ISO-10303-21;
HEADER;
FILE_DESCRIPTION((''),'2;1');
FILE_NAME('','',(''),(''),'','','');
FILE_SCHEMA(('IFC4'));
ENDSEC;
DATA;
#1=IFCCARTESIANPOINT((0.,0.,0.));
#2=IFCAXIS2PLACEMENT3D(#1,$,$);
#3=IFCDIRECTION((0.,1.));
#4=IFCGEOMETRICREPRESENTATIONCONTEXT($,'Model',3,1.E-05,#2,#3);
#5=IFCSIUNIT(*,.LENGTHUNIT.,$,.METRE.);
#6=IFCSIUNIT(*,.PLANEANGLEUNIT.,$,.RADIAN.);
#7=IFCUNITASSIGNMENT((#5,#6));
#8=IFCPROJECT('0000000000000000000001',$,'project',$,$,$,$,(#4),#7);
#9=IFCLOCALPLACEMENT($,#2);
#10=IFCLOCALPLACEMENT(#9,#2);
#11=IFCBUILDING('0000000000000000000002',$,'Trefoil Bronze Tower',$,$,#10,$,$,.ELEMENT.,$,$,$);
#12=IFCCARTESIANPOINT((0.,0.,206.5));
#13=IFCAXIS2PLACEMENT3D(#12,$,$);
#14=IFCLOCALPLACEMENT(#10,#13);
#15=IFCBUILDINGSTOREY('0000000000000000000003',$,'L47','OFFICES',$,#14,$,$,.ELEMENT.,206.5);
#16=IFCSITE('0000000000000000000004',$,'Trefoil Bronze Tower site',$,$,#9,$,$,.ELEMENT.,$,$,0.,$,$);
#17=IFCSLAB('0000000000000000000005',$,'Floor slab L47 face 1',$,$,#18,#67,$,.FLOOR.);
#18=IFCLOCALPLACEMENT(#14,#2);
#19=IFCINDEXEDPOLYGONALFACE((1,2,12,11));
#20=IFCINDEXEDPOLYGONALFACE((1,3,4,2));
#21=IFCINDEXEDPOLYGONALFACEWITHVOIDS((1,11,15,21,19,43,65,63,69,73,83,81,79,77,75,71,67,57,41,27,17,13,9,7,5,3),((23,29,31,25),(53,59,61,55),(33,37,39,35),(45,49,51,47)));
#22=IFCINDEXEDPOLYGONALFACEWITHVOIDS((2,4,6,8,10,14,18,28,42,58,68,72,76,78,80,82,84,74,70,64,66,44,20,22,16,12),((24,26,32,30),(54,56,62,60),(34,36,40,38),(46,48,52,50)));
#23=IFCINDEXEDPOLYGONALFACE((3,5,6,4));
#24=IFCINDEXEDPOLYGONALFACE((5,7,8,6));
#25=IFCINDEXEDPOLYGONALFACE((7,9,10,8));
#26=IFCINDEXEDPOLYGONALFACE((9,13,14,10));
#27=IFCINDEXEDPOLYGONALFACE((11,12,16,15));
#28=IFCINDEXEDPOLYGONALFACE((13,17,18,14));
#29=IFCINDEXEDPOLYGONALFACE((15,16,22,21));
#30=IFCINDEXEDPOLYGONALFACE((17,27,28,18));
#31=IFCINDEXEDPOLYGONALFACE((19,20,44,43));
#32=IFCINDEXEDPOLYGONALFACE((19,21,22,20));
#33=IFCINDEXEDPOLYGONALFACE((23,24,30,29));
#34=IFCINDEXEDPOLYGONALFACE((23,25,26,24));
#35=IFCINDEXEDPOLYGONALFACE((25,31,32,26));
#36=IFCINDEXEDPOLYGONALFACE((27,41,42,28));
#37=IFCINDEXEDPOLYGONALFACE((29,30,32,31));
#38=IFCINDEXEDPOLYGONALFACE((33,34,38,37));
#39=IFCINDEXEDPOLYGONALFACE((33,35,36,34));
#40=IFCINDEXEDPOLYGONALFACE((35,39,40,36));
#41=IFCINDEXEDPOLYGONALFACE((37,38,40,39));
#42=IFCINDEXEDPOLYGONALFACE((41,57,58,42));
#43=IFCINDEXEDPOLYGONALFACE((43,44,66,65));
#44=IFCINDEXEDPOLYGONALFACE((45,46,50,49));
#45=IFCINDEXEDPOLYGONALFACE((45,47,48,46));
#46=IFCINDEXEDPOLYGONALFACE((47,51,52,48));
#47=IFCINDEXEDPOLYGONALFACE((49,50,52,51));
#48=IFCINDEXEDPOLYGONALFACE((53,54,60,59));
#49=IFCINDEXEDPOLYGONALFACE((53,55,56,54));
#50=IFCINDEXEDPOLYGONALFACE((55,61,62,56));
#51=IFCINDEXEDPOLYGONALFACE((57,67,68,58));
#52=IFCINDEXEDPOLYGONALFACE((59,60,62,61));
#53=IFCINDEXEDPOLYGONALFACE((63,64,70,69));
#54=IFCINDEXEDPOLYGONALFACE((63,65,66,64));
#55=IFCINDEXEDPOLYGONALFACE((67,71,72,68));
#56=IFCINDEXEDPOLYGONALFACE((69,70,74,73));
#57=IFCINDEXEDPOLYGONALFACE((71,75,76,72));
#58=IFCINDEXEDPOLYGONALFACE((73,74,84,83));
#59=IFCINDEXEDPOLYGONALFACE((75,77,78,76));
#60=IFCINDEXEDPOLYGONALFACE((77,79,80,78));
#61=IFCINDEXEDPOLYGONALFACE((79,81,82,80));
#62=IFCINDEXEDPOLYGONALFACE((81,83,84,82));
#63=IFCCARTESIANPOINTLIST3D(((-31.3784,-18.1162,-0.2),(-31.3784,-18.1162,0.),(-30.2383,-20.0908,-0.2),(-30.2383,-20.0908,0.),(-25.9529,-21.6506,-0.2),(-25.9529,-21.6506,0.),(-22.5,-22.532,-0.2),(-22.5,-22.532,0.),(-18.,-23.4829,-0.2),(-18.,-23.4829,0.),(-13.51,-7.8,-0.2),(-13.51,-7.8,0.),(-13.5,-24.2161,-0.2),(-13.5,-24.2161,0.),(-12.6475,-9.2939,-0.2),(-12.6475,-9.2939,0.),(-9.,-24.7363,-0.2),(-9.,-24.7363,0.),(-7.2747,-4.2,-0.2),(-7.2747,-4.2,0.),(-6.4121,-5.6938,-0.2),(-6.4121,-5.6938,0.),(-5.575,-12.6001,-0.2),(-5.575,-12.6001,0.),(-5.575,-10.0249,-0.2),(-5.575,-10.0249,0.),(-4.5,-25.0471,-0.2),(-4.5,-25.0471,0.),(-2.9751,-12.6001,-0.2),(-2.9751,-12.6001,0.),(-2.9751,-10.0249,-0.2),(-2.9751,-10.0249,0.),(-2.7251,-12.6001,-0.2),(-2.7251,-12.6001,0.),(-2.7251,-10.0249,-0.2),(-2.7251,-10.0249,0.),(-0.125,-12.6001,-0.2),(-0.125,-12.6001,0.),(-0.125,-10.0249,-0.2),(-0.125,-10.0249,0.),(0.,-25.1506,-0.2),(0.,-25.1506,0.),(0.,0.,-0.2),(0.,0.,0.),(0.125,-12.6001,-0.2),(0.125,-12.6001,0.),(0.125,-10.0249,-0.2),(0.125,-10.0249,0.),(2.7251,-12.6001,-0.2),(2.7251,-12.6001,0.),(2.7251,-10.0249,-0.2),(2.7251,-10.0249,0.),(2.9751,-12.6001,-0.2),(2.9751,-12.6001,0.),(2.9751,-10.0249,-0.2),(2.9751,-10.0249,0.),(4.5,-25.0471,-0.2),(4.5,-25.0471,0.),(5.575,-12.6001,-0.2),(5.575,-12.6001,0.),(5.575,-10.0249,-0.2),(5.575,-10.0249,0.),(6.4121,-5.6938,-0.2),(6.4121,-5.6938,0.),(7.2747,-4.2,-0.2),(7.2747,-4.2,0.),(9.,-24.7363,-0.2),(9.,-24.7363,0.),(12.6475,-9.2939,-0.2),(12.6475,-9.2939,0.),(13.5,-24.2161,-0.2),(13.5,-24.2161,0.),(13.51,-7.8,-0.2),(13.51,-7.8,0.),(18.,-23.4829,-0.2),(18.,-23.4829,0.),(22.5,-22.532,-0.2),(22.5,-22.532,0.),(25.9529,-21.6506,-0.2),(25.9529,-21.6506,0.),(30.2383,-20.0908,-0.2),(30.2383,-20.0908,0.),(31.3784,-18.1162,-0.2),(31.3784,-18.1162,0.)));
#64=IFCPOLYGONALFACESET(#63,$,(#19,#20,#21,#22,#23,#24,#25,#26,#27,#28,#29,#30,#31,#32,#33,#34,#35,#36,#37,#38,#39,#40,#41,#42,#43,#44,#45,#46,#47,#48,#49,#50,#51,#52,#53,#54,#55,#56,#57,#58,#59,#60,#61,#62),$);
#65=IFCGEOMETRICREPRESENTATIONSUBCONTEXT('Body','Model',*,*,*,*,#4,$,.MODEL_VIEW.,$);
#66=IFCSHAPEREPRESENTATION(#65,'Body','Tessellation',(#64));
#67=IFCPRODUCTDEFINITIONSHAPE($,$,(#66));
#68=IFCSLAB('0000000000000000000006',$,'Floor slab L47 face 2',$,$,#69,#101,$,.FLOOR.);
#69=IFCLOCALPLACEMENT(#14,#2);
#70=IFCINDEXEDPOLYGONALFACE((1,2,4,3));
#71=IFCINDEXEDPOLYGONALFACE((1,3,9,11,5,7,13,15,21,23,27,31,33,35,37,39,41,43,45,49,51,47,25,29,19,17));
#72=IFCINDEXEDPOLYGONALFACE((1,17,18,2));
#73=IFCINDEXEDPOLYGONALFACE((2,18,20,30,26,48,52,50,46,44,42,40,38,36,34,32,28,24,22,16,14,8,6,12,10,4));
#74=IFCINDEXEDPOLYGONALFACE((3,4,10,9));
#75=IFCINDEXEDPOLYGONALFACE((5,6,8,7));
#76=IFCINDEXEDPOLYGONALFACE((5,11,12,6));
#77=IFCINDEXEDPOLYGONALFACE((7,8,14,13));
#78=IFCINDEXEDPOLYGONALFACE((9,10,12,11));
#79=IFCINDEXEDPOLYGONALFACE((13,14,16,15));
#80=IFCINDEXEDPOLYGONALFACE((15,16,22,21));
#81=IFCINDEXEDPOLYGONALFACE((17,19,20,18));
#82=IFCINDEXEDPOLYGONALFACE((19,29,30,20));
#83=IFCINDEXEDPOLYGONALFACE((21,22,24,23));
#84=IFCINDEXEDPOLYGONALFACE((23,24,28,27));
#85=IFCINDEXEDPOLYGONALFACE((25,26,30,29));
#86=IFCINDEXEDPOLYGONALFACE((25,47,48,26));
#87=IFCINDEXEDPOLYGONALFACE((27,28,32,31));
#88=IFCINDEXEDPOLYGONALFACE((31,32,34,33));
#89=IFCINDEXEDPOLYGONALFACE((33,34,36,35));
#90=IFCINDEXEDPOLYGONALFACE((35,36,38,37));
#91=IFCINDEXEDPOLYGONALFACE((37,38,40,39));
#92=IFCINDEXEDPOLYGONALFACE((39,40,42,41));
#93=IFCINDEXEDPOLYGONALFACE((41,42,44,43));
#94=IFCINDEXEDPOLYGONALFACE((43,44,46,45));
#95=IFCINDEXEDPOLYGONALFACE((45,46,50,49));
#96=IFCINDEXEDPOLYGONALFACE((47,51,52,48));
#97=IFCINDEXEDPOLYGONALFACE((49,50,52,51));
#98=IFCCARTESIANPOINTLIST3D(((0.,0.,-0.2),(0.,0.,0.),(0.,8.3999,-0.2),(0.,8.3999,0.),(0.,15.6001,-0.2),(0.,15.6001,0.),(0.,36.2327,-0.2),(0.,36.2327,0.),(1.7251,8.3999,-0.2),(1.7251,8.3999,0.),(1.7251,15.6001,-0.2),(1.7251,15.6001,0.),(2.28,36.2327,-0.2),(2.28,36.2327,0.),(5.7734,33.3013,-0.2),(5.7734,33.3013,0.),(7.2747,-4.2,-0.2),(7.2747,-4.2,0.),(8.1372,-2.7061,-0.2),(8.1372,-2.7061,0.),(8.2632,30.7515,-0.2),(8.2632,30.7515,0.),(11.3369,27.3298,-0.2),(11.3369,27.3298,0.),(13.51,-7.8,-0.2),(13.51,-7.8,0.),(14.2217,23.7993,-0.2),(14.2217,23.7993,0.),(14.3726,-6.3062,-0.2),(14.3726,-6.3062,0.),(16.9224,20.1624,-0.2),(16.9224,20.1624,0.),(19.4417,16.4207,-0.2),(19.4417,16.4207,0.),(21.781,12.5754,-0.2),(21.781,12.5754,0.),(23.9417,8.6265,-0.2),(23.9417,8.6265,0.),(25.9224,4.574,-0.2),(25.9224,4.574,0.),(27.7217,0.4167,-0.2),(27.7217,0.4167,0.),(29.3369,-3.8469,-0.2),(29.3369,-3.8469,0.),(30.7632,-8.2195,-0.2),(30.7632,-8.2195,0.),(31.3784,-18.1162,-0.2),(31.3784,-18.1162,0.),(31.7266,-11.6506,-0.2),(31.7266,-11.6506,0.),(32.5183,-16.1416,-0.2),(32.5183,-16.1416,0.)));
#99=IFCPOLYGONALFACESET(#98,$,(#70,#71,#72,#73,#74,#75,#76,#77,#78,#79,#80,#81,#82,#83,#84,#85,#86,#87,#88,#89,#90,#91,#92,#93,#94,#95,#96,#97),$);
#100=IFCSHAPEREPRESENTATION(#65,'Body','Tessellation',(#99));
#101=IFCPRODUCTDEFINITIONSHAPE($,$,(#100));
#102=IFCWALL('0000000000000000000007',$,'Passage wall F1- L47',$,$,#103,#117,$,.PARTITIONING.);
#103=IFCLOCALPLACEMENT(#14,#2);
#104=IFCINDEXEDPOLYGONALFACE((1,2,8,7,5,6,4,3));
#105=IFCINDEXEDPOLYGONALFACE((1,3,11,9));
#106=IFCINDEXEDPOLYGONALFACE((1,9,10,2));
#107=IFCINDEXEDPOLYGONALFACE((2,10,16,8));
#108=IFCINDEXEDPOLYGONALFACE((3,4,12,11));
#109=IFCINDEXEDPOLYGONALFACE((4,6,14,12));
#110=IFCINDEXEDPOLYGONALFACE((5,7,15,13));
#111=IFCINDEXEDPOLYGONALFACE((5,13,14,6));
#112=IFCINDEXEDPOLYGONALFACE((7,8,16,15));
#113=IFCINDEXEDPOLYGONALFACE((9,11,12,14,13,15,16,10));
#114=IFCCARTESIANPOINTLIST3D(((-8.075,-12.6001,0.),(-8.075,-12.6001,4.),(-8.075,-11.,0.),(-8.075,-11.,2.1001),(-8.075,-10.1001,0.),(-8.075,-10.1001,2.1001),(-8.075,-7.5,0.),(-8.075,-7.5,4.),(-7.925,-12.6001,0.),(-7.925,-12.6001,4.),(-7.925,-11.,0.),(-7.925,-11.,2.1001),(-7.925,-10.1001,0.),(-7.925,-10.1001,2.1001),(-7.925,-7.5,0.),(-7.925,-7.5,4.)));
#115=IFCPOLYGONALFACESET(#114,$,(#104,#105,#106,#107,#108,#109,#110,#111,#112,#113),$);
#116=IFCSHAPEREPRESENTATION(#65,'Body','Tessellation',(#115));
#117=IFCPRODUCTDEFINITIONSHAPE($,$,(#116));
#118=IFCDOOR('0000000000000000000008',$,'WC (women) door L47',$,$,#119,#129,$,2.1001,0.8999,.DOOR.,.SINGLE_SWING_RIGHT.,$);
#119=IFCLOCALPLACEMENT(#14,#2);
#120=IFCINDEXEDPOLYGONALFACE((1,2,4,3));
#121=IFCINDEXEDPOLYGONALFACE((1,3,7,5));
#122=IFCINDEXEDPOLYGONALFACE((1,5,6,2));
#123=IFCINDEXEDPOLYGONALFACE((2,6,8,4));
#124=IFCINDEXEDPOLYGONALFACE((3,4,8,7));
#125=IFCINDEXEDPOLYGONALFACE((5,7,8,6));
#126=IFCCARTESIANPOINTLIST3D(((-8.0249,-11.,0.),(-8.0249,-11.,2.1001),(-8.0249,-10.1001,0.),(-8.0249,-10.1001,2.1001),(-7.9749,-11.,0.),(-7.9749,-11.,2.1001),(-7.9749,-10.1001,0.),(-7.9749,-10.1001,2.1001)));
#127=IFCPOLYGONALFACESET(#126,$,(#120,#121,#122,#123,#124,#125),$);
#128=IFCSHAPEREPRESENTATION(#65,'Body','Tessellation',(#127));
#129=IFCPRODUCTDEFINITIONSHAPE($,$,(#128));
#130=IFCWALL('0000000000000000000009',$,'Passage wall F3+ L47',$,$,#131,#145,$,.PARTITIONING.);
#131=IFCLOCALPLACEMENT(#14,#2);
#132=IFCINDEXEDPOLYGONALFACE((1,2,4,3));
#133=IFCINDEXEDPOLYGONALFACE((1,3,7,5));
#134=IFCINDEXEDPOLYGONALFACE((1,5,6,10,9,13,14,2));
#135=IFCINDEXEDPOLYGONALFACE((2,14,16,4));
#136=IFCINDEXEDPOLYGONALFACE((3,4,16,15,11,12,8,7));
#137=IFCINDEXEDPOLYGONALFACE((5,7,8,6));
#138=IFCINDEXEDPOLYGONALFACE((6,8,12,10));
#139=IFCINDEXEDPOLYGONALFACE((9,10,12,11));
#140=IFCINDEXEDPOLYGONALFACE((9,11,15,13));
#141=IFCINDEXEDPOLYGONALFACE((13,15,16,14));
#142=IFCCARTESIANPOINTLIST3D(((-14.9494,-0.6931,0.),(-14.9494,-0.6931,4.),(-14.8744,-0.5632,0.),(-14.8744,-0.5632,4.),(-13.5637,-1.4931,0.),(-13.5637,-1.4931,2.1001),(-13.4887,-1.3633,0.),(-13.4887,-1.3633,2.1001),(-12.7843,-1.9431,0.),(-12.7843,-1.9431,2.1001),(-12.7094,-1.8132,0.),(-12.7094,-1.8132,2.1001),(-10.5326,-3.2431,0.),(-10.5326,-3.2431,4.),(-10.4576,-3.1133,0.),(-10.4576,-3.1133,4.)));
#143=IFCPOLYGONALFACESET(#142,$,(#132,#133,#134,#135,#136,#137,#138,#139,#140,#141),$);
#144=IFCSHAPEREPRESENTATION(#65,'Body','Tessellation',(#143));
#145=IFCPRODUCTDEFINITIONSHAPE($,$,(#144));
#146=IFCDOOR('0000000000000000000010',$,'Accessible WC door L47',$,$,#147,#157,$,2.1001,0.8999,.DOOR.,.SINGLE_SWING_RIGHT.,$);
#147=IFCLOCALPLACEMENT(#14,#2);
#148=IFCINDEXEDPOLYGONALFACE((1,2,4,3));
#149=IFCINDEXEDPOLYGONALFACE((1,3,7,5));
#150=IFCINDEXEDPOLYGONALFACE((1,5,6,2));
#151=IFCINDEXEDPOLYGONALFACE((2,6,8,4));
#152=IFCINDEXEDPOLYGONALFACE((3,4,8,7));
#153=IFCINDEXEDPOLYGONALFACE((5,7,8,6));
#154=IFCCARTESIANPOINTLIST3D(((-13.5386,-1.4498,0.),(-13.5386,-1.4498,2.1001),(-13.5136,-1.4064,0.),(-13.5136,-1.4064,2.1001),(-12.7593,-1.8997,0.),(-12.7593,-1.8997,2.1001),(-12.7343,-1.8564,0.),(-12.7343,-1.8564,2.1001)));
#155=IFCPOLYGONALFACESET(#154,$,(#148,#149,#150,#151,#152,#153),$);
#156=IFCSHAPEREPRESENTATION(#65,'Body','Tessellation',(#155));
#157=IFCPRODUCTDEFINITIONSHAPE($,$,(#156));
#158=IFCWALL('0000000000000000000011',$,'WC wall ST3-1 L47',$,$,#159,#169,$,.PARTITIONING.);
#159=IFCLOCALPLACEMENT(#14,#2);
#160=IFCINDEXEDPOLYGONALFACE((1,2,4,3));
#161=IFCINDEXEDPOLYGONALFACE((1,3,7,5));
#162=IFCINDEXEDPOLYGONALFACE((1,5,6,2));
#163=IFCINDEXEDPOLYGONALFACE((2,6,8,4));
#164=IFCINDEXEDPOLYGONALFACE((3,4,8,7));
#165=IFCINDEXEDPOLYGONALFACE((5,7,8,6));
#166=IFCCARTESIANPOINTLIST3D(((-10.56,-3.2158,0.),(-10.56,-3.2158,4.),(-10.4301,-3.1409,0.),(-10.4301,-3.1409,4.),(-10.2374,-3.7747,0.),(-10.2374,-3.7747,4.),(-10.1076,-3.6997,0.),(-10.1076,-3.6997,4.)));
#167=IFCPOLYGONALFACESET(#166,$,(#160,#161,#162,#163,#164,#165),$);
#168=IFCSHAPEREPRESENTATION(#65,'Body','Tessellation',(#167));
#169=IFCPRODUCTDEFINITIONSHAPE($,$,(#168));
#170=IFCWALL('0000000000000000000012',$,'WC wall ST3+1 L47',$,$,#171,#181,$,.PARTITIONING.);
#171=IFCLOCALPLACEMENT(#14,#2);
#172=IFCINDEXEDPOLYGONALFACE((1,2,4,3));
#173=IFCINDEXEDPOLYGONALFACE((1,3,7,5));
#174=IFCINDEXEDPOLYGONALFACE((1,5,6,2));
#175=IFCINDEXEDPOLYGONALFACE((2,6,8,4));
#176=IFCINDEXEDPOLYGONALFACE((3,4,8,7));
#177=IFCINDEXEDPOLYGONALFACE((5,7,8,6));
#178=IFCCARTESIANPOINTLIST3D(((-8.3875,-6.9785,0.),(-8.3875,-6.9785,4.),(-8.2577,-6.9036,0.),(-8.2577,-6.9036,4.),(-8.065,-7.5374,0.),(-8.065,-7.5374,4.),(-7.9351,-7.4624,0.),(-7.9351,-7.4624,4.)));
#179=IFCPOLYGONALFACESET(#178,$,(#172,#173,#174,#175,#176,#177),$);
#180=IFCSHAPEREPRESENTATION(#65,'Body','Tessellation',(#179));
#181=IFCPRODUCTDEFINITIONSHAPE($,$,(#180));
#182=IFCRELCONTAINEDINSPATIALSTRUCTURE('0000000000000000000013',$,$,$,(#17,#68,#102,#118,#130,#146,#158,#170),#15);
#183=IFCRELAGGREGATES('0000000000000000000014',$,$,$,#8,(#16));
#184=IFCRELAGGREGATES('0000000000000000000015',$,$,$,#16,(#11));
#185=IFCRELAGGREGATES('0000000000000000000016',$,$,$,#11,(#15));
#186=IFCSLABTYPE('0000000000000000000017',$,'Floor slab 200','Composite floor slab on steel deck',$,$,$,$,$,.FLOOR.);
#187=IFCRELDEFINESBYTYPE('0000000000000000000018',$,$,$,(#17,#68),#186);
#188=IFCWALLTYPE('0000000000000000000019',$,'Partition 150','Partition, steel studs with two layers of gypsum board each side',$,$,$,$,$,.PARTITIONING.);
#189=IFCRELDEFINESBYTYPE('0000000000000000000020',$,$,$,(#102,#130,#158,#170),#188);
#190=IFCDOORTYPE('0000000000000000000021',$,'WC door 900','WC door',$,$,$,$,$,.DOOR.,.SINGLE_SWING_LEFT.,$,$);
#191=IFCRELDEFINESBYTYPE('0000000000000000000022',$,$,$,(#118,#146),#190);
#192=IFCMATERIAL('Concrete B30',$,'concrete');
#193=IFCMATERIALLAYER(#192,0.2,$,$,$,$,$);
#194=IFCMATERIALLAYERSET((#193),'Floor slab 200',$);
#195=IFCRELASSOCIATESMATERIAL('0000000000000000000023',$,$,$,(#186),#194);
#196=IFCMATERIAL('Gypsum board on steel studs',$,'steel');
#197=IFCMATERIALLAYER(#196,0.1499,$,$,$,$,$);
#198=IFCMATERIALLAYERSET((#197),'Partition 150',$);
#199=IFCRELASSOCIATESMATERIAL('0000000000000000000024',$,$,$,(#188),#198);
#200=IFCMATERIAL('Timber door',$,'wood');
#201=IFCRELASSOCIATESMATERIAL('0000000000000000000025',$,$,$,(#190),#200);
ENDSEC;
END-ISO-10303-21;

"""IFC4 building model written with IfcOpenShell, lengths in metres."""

from ifc_helpers import new_model, si_unit, direction, frame, frame_2d, origin, place, context, subcontext, project, spatial, polyline, rectangle, outline, extrude, material, layer, layer_set, type_object, element, fill, save


model = new_model("IFC4")

# Units and contexts
model_context = context("Model", 3, precision=1e-05, world=origin(), true_north=direction((0.0, 1.0)))
body_context = subcontext(model_context, "Body", "Model", "MODEL_VIEW")
ifc_project = project(units=[si_unit("LENGTHUNIT", "METRE"), si_unit("PLANEANGLEUNIT", "RADIAN")], contexts=[model_context])

# Site, building, storey
site_placement = place(None, origin())
site = spatial("IfcSite", under=ifc_project, at=site_placement, Name="Trefoil Bronze Tower site", CompositionType="ELEMENT", RefElevation=0.0)
building_placement = place(site_placement, origin())
building = spatial("IfcBuilding", under=site, at=building_placement, Name="Trefoil Bronze Tower", CompositionType="ELEMENT")
storey_placement = place(building_placement, frame((0.0, 0.0, 206.5)))
storey = spatial("IfcBuildingStorey", under=building, at=storey_placement, Name="L47", Description="OFFICES", CompositionType="ELEMENT", Elevation=206.5)

# Slabs
ifc_material_1 = material(Name="Concrete B30", Category="concrete")
ifc_layer_1 = layer(ifc_material_1, 0.2)
ifc_layer_set_1 = layer_set([ifc_layer_1], Name="Floor slab 200")
slab_type = type_object("IfcSlabType", Name="Floor slab 200", Description="Composite floor slab on steel deck", PredefinedType="FLOOR", material=ifc_layer_set_1)
slab_1_placement = place(storey_placement, frame((0.0, 0.0, -0.2)))
element("IfcSlab", 1, at=slab_1_placement, inside=storey, type_object=slab_type, Name="Floor slab L47 face 1", PredefinedType="FLOOR", context=body_context, shape_type="SweptSolid", body=[
    extrude(outline(polyline([(18.0, -23.4829), (13.5, -24.2161), (9.0, -24.7363), (4.5, -25.0471), (0.0, -25.1506), (-4.5, -25.0471), (-9.0, -24.7363), (-13.5, -24.2161), (-18.0, -23.4829), (-22.5, -22.532), (-25.9529, -21.6506), (-30.2383, -20.0908), (-31.3784, -18.1162), (-13.51, -7.8), (-12.6475, -9.2939), (-6.4121, -5.6938), (-7.2747, -4.2), (0.0, 0.0), (7.2747, -4.2), (6.4121, -5.6938), (12.6475, -9.2939), (13.51, -7.8), (31.3784, -18.1162), (30.2383, -20.0908), (25.9529, -21.6506), (22.5, -22.532), (18.0, -23.4829)]), holes=[polyline([(-5.575, -10.0249), (-2.9751, -10.0249), (-2.9751, -12.6001), (-5.575, -12.6001), (-5.575, -10.0249)]), polyline([(-2.7251, -10.0249), (-0.125, -10.0249), (-0.125, -12.6001), (-2.7251, -12.6001), (-2.7251, -10.0249)]), polyline([(0.125, -10.0249), (2.7251, -10.0249), (2.7251, -12.6001), (0.125, -12.6001), (0.125, -10.0249)]), polyline([(2.9751, -10.0249), (5.575, -10.0249), (5.575, -12.6001), (2.9751, -12.6001), (2.9751, -10.0249)])]), origin(), (0.0, 0.0, 1.0), 0.2),
])
slab_2_placement = place(storey_placement, frame((0.0, 0.0, -0.2)))
element("IfcSlab", 2, at=slab_2_placement, inside=storey, type_object=slab_type, Name="Floor slab L47 face 2", PredefinedType="FLOOR", context=body_context, shape_type="SweptSolid", body=[
    extrude(outline(polyline([(11.3369, 27.3298), (14.2217, 23.7993), (16.9224, 20.1624), (19.4417, 16.4207), (21.781, 12.5754), (23.9417, 8.6265), (25.9224, 4.574), (27.7217, 0.4167), (29.3369, -3.8469), (30.7632, -8.2195), (31.7266, -11.6506), (32.5183, -16.1416), (31.3784, -18.1162), (13.51, -7.8), (14.3726, -6.3062), (8.1372, -2.7061), (7.2747, -4.2), (0.0, 0.0), (0.0, 8.3999), (1.7251, 8.3999), (1.7251, 15.6001), (0.0, 15.6001), (0.0, 36.2327), (2.28, 36.2327), (5.7734, 33.3013), (8.2632, 30.7515), (11.3369, 27.3298)])), origin(), (0.0, 0.0, 1.0), 0.2),
])

# Walls, openings, doors
ifc_material_2 = material(Name="Gypsum board on steel studs", Category="steel")
ifc_layer_2 = layer(ifc_material_2, 0.1499)
ifc_layer_set_2 = layer_set([ifc_layer_2], Name="Partition 150")
wall_type_1 = type_object("IfcWallType", Name="Partition 150", Description="Partition, steel studs with two layers of gypsum board each side", PredefinedType="PARTITIONING", material=ifc_layer_set_2)
wall_1_placement = place(storey_placement, frame((-8.0, -7.5, 0.0), z_axis=(0.0, 0.0, 1.0), x_axis=(0.0, -1.0, 0.0)))
wall_1 = element("IfcWall", 3, at=wall_1_placement, inside=storey, type_object=wall_type_1, Name="Passage wall F1- L47", PredefinedType="PARTITIONING", context=body_context, shape_type="SweptSolid", body=[
    extrude(rectangle(XDim=5.1001, YDim=0.1499, at=frame_2d((2.55, 0.0))), origin(), (0.0, 0.0, 1.0), 4.0),
])
opening_1_placement = place(wall_1_placement, frame((2.6001, 0.0, 0.0)))
opening_1 = element("IfcOpeningElement", 4, at=opening_1_placement, cuts=wall_1, PredefinedType="OPENING", context=body_context, shape_type="SweptSolid", body=[
    extrude(rectangle(XDim=0.8999, YDim=2.1001, at=frame_2d((0.45, 1.05))), frame((0.0, 0.085, 0.0), z_axis=(0.0, -1.0, 0.0), x_axis=(1.0, 0.0, 0.0)), (0.0, 0.0, 1.0), 0.1699),
])
ifc_material_3 = material(Name="Timber door", Category="wood")
door_type_1 = type_object("IfcDoorType", Name="WC door 900", Description="WC door", OperationType="SINGLE_SWING_LEFT", PredefinedType="DOOR", material=ifc_material_3)
door_1_placement = place(opening_1_placement, frame((0.8999, 0.0, 0.0), z_axis=(0.0, 0.0, 1.0), x_axis=(-1.0, 0.0, 0.0)))
door_1 = element("IfcDoor", 5, at=door_1_placement, inside=storey, type_object=door_type_1, Name="WC (women) door L47", OperationType="SINGLE_SWING_RIGHT", OverallHeight=2.1001, OverallWidth=0.8999, PredefinedType="DOOR", context=body_context, shape_type="SweptSolid", body=[
    extrude(rectangle(XDim=0.8999, YDim=2.1001, at=frame_2d((0.45, 1.05))), frame((0.0, 0.0249, 0.0), z_axis=(0.0, -1.0, 0.0), x_axis=(1.0, 0.0, 0.0)), (0.0, 0.0, 1.0), 0.05),
])
fill(opening_1, door_1)
wall_2_placement = place(storey_placement, frame((-10.4951, -3.1782, 0.0), z_axis=(0.0, 0.0, 1.0), x_axis=(-0.866022, 0.500006, 0.0)))
wall_2 = element("IfcWall", 6, at=wall_2_placement, inside=storey, type_object=wall_type_1, Name="Passage wall F3+ L47", PredefinedType="PARTITIONING", context=body_context, shape_type="SweptSolid", body=[
    extrude(rectangle(XDim=5.1001, YDim=0.1499, at=frame_2d((2.55, 0.0))), origin(), (0.0, 0.0, 1.0), 4.0),
])
opening_2_placement = place(wall_2_placement, frame((2.6001, 0.0, 0.0)))
opening_2 = element("IfcOpeningElement", 7, at=opening_2_placement, cuts=wall_2, PredefinedType="OPENING", context=body_context, shape_type="SweptSolid", body=[
    extrude(rectangle(XDim=0.8999, YDim=2.1001, at=frame_2d((0.45, 1.05))), frame((0.0, 0.085, 0.0), z_axis=(0.0, -1.0, 0.0), x_axis=(1.0, 0.0, 0.0)), (0.0, 0.0, 1.0), 0.1699),
])
door_2_placement = place(opening_2_placement, origin())
door_2 = element("IfcDoor", 8, at=door_2_placement, inside=storey, type_object=door_type_1, Name="Accessible WC door L47", OperationType="SINGLE_SWING_RIGHT", OverallHeight=2.1001, OverallWidth=0.8999, PredefinedType="DOOR", context=body_context, shape_type="SweptSolid", body=[
    extrude(rectangle(XDim=0.8999, YDim=2.1001, at=frame_2d((0.45, 1.05))), frame((0.0, 0.0249, 0.0), z_axis=(0.0, -1.0, 0.0), x_axis=(1.0, 0.0, 0.0)), (0.0, 0.0, 1.0), 0.05),
])
fill(opening_2, door_2)

# Walls
for number, where, z_axis, x_axis, name in (
    (9, (-10.4951, -3.1782, 0.0), (0.0, 0.0, 1.0), (0.499843, -0.866116, 0.0), "WC wall ST3-1 L47"),
    (10, (-8.0, -7.5, 0.0), (0.0, 0.0, 1.0), (-0.499843, 0.866116, 0.0), "WC wall ST3+1 L47"),
):
    element("IfcWall", number, at=place(storey_placement, frame(where, z_axis=z_axis, x_axis=x_axis)), inside=storey, type_object=wall_type_1, Name=name, PredefinedType="PARTITIONING", context=body_context, shape_type="SweptSolid", body=[
        extrude(rectangle(XDim=0.6453, YDim=0.1499, at=frame_2d((0.3228, 0.0))), origin(), (0.0, 0.0, 1.0), 4.0),
    ])

save(model, "model.ifc")
